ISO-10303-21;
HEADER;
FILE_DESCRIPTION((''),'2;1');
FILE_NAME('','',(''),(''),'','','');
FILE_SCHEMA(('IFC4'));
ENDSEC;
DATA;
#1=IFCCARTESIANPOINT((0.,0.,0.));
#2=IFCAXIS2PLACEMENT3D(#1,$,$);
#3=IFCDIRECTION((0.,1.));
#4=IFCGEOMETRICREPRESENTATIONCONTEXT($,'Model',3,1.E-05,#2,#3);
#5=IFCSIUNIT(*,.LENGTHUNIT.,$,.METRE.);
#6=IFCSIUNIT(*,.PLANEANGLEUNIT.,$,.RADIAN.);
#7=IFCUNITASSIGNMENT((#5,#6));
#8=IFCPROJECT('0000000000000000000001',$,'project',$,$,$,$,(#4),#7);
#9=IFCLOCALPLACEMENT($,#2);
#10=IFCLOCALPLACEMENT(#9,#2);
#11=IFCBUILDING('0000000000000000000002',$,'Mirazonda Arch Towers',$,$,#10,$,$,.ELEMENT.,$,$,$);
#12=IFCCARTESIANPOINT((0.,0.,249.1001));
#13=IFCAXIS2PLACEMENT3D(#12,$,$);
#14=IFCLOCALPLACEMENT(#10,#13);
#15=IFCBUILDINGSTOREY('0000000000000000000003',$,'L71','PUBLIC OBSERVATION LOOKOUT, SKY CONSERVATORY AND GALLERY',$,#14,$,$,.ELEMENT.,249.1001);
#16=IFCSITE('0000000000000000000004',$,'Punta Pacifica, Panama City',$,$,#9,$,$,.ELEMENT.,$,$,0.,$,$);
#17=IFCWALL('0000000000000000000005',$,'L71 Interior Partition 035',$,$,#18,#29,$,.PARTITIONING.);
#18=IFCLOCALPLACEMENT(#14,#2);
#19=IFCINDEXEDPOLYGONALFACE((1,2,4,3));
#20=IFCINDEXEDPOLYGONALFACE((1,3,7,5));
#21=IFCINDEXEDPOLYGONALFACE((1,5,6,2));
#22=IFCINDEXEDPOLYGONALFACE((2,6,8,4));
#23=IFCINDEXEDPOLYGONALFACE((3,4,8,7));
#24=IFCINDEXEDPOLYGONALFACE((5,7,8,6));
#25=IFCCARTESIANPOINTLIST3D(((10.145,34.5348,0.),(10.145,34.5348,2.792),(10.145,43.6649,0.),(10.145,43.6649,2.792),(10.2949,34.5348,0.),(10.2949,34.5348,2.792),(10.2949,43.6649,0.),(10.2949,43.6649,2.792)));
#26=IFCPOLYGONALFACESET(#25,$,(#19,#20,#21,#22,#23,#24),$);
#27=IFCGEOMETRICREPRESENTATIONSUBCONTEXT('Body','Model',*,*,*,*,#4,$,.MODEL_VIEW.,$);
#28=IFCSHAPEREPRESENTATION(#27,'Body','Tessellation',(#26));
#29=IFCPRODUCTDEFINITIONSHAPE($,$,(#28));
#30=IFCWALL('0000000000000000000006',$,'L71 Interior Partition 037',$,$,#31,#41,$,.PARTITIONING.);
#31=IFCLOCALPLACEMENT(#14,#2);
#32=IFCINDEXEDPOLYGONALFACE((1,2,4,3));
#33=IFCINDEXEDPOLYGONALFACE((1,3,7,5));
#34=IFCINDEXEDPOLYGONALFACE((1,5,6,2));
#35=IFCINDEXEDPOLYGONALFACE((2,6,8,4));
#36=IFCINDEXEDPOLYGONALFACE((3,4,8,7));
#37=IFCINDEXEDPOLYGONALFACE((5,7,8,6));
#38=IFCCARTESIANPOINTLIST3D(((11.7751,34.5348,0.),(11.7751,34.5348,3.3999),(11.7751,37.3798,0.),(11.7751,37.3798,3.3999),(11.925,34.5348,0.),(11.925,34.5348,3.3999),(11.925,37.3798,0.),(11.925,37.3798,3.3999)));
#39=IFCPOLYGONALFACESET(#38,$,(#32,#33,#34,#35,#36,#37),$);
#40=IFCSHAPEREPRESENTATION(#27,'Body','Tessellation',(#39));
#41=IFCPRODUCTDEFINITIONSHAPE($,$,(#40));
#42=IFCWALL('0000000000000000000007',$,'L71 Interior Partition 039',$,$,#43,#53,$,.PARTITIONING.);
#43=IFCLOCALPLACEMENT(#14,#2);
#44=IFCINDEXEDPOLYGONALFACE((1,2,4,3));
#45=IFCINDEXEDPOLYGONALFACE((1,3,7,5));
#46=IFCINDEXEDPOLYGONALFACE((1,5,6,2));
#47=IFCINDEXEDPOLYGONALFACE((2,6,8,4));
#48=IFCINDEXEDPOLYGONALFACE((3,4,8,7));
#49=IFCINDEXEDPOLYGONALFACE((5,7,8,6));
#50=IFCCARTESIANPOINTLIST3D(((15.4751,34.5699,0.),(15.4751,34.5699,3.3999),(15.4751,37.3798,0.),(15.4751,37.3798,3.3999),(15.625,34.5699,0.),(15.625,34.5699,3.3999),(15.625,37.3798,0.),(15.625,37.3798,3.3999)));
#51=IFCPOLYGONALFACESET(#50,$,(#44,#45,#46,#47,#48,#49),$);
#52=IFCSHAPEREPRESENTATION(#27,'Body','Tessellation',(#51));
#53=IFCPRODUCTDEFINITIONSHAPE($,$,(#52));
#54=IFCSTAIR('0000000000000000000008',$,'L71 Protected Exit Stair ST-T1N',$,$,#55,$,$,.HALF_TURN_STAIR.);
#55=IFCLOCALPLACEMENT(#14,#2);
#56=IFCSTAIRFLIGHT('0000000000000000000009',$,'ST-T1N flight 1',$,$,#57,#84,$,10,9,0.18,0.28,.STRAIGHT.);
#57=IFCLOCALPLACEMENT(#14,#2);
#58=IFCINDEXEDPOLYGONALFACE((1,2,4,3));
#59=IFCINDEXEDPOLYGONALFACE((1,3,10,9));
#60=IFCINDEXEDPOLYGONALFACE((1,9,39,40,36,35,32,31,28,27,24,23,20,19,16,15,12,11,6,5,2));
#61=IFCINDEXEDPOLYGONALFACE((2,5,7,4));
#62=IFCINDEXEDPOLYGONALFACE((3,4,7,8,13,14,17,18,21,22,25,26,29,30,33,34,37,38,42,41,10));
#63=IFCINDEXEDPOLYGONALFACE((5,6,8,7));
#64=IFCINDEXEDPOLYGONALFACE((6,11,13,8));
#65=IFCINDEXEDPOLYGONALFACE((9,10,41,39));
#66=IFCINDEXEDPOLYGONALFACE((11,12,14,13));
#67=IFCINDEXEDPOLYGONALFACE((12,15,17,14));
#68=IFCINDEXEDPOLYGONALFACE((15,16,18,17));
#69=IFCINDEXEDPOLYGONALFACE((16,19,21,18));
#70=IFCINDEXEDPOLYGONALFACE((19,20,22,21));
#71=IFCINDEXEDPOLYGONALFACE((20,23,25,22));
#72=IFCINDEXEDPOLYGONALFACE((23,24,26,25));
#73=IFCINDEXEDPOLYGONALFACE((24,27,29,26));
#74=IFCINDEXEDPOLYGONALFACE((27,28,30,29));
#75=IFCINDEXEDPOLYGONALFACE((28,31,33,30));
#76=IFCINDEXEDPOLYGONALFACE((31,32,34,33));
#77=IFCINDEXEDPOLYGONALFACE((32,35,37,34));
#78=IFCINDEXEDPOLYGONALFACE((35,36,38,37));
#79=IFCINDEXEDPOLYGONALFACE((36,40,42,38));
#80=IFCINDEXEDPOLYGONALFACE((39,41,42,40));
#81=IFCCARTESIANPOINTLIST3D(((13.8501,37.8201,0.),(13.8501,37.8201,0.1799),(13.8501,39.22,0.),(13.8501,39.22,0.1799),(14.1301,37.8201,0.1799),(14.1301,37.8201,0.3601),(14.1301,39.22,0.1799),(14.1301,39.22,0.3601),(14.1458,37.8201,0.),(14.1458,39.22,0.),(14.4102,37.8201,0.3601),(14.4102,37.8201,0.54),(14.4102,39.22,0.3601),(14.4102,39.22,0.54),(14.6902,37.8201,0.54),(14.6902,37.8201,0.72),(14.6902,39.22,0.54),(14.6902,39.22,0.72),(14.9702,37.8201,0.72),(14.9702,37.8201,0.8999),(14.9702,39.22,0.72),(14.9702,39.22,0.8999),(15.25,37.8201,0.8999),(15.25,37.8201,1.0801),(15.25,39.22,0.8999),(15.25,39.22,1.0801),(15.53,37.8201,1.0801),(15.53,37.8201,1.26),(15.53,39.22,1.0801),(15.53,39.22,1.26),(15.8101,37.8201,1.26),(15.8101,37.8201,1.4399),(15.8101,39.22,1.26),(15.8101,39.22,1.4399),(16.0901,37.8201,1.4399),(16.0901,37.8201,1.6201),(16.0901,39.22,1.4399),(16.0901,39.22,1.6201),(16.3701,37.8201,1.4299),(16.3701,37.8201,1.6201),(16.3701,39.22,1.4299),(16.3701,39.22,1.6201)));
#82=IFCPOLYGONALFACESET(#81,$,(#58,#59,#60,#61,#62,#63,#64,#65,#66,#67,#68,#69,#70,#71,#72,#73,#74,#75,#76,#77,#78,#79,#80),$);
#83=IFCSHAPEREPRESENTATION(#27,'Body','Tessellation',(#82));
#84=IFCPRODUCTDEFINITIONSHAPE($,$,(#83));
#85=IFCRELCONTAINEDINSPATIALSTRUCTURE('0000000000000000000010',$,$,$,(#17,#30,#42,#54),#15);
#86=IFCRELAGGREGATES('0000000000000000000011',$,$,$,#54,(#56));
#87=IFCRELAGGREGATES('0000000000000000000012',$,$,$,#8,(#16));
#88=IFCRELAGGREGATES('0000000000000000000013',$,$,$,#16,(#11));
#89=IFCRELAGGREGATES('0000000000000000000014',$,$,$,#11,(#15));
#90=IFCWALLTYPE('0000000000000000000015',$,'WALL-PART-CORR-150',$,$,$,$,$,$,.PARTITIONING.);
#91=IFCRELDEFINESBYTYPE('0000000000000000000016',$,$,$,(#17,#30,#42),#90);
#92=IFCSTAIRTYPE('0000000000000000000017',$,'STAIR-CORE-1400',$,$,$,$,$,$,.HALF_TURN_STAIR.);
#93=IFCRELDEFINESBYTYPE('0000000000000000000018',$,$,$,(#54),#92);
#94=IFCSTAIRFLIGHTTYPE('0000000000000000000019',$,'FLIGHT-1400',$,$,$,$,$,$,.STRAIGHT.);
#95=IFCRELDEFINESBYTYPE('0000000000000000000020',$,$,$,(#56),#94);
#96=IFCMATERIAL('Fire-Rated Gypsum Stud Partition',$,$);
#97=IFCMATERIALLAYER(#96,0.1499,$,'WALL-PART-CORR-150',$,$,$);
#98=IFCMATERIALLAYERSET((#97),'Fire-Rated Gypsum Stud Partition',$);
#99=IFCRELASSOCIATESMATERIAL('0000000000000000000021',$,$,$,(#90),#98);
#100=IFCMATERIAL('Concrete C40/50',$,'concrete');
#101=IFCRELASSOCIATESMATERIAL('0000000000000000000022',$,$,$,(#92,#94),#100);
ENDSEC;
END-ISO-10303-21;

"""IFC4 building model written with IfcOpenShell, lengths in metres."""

from ifc_helpers import new_model, si_unit, direction, frame, frame_2d, origin, place, context, subcontext, project, spatial, polyline, rectangle, outline, extrude, material, layer, layer_set, type_object, element, aggregate, save


model = new_model("IFC4")

# Units and contexts
model_context = context("Model", 3, precision=1e-05, world=origin(), true_north=direction((0.0, 1.0)))
body_context = subcontext(model_context, "Body", "Model", "MODEL_VIEW")
ifc_project = project(units=[si_unit("LENGTHUNIT", "METRE"), si_unit("PLANEANGLEUNIT", "RADIAN")], contexts=[model_context])

# Site, building, storey
site_placement = place(None, origin())
site = spatial("IfcSite", under=ifc_project, at=site_placement, Name="Punta Pacifica, Panama City", CompositionType="ELEMENT", RefElevation=0.0)
building_placement = place(site_placement, origin())
building = spatial("IfcBuilding", under=site, at=building_placement, Name="Mirazonda Arch Towers", CompositionType="ELEMENT")
storey_placement = place(building_placement, frame((0.0, 0.0, 249.1001)))
storey = spatial("IfcBuildingStorey", under=building, at=storey_placement, Name="L71", Description="PUBLIC OBSERVATION LOOKOUT, SKY CONSERVATORY AND GALLERY", CompositionType="ELEMENT", Elevation=249.1001)

# Shared definitions
ifc_material_1 = material(Name="Concrete C40/50", Category="concrete")
ifc_material_2 = material(Name="Fire-Rated Gypsum Stud Partition")
ifc_layer_1 = layer(ifc_material_2, 0.1499, Name="WALL-PART-CORR-150")
ifc_layer_set_1 = layer_set([ifc_layer_1], Name="Fire-Rated Gypsum Stud Partition")
wall_type_1 = type_object("IfcWallType", Name="WALL-PART-CORR-150", PredefinedType="PARTITIONING", material=ifc_layer_set_1)

# Walls
wall_1_placement = place(storey_placement, frame((10.22, 34.5349, 0.0), z_axis=(0.0, 0.0, 1.0), x_axis=(0.0, 1.0, 0.0)))
element("IfcWall", 1, at=wall_1_placement, inside=storey, type_object=wall_type_1, Name="L71 Interior Partition 035", PredefinedType="PARTITIONING", context=body_context, shape_type="SweptSolid", body=[
    extrude(rectangle(XDim=9.1301, YDim=0.1499, at=frame_2d((4.5649, 0.0))), origin(), (0.0, 0.0, 1.0), 2.792),
])
wall_2_placement = place(storey_placement, frame((11.8501, 34.5349, 0.0), z_axis=(0.0, 0.0, 1.0), x_axis=(0.0, 1.0, 0.0)))
element("IfcWall", 2, at=wall_2_placement, inside=storey, type_object=wall_type_1, Name="L71 Interior Partition 037", PredefinedType="PARTITIONING", context=body_context, shape_type="SweptSolid", body=[
    extrude(rectangle(XDim=2.845, YDim=0.1499, at=frame_2d((1.4224, 0.0))), origin(), (0.0, 0.0, 1.0), 3.3999),
])
wall_3_placement = place(storey_placement, frame((15.55, 34.5701, 0.0), z_axis=(0.0, 0.0, 1.0), x_axis=(0.0, 1.0, 0.0)))
element("IfcWall", 3, at=wall_3_placement, inside=storey, type_object=wall_type_1, Name="L71 Interior Partition 039", PredefinedType="PARTITIONING", context=body_context, shape_type="SweptSolid", body=[
    extrude(rectangle(XDim=2.8098, YDim=0.1499, at=frame_2d((1.4048, 0.0))), origin(), (0.0, 0.0, 1.0), 3.3999),
])

# Stair, stair flight
stair_type = type_object("IfcStairType", Name="STAIR-CORE-1400", PredefinedType="HALF_TURN_STAIR", material=ifc_material_1)
stair_placement = place(storey_placement, origin())
stair = element("IfcStair", 4, at=stair_placement, inside=storey, type_object=stair_type, Name="L71 Protected Exit Stair ST-T1N", PredefinedType="HALF_TURN_STAIR")
stair_flight_type = type_object("IfcStairFlightType", Name="FLIGHT-1400", PredefinedType="STRAIGHT", material=ifc_material_1)
stair_flight_placement = place(storey_placement, frame((13.8501, 38.52, 0.0), z_axis=(0.0, 0.0, 1.0), x_axis=(1.0, 0.0, 0.0)))
stair_flight = element("IfcStairFlight", 5, at=stair_flight_placement, type_object=stair_flight_type, Name="ST-T1N flight 1", NumberOfRisers=10, NumberOfTreads=9, PredefinedType="STRAIGHT", RiserHeight=0.18, TreadLength=0.28, context=body_context, shape_type="SweptSolid", body=[
    extrude(outline(polyline([(0.0, 0.0), (0.0, 0.1799), (0.28, 0.1799), (0.28, 0.3601), (0.5601, 0.3601), (0.5601, 0.54), (0.8401, 0.54), (0.8401, 0.72), (1.1201, 0.72), (1.1201, 0.8999), (1.3999, 0.8999), (1.3999, 1.0801), (1.6799, 1.0801), (1.6799, 1.26), (1.96, 1.26), (1.96, 1.4399), (2.24, 1.4399), (2.24, 1.6201), (2.52, 1.6201), (2.52, 1.8), (2.52, 1.4299), (0.2957, 0.0), (0.0, 0.0)])), frame((0.0, 0.7, 0.0), z_axis=(0.0, -1.0, 0.0), x_axis=(1.0, 0.0, 0.0)), (0.0, 0.0, 1.0), 1.3999),
])
aggregate(stair, [stair_flight])

save(model, "model.ifc")
